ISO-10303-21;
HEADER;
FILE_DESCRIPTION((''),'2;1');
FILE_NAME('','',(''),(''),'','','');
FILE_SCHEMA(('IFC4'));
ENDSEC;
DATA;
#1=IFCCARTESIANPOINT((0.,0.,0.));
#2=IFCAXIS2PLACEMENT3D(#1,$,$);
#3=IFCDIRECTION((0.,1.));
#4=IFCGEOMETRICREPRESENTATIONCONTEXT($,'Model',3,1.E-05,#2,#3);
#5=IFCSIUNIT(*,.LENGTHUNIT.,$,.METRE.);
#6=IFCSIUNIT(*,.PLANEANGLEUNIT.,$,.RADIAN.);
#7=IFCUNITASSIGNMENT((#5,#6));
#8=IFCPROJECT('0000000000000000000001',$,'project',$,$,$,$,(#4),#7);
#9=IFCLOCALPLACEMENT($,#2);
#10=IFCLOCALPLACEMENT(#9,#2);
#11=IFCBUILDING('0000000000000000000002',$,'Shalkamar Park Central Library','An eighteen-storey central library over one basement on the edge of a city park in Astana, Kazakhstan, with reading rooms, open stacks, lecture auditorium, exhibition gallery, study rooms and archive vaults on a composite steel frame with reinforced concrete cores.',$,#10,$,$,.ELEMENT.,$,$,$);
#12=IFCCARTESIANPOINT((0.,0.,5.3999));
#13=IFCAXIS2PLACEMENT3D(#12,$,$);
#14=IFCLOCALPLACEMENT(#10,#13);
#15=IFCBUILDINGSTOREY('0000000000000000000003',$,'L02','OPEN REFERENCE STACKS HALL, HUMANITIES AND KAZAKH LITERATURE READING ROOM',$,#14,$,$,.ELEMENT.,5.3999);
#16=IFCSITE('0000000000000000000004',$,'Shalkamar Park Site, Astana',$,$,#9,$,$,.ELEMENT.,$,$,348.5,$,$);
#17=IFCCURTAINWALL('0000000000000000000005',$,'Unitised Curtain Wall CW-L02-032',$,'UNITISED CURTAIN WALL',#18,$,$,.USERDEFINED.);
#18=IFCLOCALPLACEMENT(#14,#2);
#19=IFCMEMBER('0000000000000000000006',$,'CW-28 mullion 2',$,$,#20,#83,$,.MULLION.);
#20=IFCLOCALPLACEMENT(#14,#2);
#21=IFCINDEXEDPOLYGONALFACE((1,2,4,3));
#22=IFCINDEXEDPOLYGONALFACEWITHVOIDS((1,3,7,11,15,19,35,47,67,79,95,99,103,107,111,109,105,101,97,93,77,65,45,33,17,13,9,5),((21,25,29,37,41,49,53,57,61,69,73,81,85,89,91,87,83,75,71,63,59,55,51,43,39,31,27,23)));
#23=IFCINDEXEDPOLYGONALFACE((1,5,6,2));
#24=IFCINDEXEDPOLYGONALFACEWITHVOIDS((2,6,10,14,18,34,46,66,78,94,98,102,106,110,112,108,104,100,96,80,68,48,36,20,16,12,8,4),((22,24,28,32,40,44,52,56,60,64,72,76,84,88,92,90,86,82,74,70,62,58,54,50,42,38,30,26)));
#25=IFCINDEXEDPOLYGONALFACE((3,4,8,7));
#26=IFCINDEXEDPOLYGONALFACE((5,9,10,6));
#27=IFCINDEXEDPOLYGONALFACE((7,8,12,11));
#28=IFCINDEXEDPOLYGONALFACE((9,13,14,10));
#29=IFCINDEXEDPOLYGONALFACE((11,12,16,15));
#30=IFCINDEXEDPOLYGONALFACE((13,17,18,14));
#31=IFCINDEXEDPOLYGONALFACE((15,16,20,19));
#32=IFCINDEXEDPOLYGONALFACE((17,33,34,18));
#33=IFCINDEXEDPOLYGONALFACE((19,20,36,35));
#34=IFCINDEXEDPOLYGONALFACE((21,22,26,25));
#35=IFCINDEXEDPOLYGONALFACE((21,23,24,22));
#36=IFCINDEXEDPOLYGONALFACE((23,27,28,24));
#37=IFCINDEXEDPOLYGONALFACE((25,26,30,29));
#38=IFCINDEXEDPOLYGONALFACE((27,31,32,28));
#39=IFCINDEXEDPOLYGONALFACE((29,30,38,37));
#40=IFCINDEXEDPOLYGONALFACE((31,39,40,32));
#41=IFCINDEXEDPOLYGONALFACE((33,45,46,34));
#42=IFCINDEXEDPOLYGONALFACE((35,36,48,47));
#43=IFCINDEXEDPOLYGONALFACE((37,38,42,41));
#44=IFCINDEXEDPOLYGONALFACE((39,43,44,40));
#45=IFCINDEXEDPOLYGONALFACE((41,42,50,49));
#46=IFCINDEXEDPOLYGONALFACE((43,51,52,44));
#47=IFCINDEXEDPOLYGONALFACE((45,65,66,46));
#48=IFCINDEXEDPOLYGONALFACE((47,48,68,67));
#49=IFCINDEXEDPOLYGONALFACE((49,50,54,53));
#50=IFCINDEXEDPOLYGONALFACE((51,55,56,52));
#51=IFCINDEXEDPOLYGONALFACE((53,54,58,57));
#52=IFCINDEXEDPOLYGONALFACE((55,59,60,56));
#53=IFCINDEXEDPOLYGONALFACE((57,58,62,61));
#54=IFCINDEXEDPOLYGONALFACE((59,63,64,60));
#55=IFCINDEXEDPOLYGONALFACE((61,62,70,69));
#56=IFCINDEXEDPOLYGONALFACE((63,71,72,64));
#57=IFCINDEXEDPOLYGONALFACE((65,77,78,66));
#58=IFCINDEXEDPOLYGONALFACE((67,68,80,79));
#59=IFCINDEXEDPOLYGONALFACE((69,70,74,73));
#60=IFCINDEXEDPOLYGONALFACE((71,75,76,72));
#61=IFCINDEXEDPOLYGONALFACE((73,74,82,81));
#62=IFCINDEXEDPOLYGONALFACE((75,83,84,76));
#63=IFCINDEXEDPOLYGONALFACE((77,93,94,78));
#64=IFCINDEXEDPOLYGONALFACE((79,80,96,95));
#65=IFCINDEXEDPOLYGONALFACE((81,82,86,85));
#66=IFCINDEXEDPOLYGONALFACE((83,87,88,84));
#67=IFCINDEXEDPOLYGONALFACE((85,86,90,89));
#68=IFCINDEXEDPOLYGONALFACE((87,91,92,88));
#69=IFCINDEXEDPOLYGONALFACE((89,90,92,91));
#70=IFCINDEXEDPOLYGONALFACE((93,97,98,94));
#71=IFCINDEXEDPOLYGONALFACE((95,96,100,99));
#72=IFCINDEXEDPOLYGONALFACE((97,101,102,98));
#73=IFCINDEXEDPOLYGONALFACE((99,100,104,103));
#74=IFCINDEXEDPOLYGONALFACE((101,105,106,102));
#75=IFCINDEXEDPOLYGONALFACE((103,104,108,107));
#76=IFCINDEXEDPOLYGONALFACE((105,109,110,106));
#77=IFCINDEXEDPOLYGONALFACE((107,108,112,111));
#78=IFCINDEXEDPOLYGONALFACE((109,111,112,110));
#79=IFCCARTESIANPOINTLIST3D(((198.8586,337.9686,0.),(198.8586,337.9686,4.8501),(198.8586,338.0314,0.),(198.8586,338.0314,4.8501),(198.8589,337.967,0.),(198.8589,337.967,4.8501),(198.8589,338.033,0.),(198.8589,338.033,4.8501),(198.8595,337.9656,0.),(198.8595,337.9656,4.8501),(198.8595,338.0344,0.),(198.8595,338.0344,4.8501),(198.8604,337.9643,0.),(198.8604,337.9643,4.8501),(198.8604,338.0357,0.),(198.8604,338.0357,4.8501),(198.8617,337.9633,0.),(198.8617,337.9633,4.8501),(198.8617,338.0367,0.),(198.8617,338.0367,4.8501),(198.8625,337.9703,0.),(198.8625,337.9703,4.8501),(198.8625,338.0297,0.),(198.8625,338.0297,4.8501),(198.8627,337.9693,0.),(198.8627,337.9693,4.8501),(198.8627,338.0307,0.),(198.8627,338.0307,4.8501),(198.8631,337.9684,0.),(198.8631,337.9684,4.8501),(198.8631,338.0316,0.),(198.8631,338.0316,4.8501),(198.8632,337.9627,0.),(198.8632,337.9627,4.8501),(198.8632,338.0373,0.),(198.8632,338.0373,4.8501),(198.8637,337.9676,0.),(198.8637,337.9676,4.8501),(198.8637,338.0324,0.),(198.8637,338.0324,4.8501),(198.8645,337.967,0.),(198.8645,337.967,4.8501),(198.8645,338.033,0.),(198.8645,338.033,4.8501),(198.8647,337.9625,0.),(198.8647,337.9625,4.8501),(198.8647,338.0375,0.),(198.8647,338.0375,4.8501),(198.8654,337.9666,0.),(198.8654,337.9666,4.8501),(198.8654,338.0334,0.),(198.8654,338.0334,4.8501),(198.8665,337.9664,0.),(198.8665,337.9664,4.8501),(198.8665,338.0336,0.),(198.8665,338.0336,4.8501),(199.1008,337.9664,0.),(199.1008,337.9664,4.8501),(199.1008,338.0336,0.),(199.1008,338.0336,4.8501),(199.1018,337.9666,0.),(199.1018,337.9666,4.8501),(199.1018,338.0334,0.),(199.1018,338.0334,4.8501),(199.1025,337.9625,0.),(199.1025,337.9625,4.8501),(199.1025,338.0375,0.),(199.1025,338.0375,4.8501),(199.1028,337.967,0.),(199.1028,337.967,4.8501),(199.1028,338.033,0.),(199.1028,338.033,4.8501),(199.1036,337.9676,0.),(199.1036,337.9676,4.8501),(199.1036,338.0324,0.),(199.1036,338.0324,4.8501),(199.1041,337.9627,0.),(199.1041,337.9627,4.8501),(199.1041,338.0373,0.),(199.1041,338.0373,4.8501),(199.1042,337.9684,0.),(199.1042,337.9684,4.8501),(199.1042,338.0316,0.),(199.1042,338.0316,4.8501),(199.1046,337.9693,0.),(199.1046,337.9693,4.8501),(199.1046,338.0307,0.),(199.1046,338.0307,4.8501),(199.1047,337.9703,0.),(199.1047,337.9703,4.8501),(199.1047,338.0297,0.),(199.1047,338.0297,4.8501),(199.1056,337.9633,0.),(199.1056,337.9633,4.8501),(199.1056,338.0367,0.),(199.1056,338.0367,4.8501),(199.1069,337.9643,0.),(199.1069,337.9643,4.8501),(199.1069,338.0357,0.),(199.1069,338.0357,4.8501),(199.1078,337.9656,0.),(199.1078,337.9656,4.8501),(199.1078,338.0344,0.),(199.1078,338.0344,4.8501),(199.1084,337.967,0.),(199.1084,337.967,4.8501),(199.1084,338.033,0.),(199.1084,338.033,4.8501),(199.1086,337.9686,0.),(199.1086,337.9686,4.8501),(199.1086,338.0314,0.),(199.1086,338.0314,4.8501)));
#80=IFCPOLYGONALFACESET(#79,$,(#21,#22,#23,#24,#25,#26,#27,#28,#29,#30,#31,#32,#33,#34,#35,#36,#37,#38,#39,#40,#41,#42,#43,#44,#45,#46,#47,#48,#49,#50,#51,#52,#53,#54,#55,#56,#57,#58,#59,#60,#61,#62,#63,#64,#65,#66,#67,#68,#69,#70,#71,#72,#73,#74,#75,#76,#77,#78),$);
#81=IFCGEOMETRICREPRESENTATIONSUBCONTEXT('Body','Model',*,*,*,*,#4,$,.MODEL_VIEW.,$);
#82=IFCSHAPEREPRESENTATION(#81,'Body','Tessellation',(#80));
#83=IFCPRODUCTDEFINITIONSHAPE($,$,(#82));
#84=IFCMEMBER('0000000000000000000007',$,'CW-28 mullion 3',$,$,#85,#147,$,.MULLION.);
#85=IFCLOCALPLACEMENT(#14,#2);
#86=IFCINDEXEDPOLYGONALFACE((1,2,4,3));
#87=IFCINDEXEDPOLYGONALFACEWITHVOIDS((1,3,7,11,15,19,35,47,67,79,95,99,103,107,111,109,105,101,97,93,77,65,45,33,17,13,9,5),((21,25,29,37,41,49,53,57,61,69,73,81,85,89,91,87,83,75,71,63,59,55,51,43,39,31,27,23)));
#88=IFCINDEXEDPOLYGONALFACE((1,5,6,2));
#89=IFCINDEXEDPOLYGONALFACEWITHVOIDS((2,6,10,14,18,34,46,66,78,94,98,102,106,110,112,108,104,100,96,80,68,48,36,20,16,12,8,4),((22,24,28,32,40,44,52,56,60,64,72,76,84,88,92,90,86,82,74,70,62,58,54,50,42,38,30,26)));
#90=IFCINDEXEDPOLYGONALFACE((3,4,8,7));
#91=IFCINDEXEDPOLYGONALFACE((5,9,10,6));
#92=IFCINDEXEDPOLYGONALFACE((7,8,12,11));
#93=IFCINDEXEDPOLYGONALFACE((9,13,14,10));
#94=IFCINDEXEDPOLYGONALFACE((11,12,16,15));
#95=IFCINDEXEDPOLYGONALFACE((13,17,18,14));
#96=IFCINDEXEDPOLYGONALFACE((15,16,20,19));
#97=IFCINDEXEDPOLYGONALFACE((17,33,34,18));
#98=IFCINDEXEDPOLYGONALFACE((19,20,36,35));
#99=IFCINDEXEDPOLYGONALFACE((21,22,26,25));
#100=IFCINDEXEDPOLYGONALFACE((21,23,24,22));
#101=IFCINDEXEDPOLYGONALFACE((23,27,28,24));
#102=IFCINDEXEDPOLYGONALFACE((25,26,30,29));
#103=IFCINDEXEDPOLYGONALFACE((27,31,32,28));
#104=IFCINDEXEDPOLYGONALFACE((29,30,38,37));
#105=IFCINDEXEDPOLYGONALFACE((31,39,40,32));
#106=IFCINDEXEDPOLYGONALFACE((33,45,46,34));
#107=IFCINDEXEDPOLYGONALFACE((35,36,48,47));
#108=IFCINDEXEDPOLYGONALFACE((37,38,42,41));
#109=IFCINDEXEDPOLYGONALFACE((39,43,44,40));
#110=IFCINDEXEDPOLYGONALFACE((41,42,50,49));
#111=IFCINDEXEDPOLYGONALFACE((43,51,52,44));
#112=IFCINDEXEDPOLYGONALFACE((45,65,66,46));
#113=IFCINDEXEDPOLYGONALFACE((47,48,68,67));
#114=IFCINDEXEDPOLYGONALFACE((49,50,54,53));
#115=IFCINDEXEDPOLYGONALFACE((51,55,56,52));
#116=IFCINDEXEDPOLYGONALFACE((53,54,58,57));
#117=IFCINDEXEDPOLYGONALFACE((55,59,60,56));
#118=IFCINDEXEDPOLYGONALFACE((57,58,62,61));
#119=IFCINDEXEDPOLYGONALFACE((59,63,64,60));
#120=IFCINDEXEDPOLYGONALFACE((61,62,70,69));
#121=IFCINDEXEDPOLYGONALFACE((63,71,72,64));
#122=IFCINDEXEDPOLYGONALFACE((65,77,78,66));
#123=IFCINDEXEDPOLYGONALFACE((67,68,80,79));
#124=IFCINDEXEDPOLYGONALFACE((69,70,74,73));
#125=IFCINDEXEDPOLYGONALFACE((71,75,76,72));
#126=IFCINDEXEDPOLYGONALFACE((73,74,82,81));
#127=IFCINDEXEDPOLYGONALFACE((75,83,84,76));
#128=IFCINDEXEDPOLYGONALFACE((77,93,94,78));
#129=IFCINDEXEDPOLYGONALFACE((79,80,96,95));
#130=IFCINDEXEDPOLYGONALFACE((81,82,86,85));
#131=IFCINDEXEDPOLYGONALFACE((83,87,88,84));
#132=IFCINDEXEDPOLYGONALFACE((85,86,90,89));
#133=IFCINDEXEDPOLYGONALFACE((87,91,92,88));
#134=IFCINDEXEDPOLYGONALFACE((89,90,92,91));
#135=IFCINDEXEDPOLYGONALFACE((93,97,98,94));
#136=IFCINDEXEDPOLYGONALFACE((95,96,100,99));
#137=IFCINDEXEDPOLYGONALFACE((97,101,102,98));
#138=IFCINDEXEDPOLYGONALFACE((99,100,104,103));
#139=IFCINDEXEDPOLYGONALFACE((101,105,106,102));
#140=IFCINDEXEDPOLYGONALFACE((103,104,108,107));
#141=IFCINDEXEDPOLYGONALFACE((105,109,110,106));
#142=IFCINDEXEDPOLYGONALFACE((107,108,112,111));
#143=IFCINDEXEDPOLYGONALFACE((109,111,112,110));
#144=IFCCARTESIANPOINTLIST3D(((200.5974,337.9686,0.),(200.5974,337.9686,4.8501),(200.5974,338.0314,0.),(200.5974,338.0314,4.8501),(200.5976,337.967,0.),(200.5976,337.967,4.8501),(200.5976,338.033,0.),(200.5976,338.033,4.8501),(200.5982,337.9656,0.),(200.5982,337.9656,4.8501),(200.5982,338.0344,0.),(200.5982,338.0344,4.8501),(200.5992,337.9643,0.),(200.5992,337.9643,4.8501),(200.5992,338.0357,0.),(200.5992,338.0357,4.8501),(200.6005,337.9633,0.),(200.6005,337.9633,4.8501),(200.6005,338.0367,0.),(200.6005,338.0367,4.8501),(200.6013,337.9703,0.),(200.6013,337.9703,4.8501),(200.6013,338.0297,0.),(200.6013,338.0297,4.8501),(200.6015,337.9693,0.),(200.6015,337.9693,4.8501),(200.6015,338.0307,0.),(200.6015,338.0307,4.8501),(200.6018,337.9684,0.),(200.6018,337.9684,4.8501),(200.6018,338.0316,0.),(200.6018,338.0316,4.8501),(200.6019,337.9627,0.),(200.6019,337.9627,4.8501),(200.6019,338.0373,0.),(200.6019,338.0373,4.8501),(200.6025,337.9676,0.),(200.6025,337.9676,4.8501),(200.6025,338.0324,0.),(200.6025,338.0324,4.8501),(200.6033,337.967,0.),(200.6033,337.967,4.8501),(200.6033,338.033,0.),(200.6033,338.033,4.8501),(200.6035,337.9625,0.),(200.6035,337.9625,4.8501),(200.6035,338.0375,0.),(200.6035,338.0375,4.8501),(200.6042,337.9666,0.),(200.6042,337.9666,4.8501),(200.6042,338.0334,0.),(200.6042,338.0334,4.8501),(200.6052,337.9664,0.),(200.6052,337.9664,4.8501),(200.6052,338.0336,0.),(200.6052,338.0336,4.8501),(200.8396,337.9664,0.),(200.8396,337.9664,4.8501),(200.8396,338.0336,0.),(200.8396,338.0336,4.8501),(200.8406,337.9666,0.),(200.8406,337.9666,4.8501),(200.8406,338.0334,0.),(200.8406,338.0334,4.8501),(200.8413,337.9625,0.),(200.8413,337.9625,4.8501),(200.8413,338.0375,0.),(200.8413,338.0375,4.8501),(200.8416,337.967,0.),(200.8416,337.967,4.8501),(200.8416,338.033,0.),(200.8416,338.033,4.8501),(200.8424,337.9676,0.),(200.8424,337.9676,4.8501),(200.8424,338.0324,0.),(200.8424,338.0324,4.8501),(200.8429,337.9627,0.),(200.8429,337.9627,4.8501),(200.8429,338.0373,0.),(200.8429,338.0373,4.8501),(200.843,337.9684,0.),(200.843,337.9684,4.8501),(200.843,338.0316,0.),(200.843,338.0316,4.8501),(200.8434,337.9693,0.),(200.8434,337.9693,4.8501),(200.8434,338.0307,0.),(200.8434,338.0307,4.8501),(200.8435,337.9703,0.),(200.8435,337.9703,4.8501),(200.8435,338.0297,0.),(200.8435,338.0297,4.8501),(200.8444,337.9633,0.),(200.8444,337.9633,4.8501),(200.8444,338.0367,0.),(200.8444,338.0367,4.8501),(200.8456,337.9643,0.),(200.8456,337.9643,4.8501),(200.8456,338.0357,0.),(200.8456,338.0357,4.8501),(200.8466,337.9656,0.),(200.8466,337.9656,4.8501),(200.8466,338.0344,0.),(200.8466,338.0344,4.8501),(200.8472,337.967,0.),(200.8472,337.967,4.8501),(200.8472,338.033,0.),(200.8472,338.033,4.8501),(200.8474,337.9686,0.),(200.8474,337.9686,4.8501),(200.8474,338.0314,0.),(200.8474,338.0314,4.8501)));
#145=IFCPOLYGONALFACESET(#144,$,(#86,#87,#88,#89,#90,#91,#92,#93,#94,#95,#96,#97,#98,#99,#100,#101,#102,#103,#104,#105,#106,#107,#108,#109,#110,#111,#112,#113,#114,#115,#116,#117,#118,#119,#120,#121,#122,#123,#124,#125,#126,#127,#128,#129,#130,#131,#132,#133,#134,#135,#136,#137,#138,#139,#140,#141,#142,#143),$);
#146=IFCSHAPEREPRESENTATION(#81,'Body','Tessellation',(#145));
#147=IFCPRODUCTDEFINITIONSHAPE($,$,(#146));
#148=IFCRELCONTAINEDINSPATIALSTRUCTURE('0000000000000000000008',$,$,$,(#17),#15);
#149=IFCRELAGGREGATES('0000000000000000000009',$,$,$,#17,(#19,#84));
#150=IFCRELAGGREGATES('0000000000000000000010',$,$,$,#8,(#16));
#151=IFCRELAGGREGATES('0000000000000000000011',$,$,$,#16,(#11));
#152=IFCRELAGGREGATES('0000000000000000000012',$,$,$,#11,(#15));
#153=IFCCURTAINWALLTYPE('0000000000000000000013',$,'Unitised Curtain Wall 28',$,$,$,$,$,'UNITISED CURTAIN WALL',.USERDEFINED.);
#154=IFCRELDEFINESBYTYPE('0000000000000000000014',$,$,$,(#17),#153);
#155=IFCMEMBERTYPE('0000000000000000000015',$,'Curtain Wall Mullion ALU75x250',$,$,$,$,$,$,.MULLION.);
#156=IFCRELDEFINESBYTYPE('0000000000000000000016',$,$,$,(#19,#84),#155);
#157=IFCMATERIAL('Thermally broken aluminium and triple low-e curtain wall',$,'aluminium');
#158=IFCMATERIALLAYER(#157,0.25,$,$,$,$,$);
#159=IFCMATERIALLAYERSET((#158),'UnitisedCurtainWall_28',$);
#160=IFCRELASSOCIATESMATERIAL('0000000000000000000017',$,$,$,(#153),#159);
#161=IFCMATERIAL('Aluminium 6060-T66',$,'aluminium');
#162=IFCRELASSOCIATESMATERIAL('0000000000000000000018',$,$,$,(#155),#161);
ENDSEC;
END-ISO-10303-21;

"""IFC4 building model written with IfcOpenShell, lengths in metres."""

from ifc_helpers import new_model, si_unit, direction, frame, origin, origin_2d, place, context, subcontext, project, spatial, hollow_rectangle, extrude, material, layer, layer_set, material_profile, profile_set, type_object, element, aggregate, save


model = new_model("IFC4")

# Units and contexts
model_context = context("Model", 3, precision=1e-05, world=origin(), true_north=direction((0.0, 1.0)))
body_context = subcontext(model_context, "Body", "Model", "MODEL_VIEW")
ifc_project = project(units=[si_unit("LENGTHUNIT", "METRE"), si_unit("PLANEANGLEUNIT", "RADIAN")], contexts=[model_context])

# Site, building, storey
site_placement = place(None, origin())
site = spatial("IfcSite", under=ifc_project, at=site_placement, Name="Shalkamar Park Site, Astana", CompositionType="ELEMENT", RefElevation=348.5)
building_placement = place(site_placement, origin())
building = spatial("IfcBuilding", under=site, at=building_placement, Name="Shalkamar Park Central Library", Description="An eighteen-storey central library over one basement on the edge of a city park in Astana, Kazakhstan, with reading rooms, open stacks, lecture auditorium, exhibition gallery, study rooms and archive vaults on a composite steel frame with reinforced concrete cores.", CompositionType="ELEMENT")
storey_placement = place(building_placement, frame((0.0, 0.0, 5.3999)))
storey = spatial("IfcBuildingStorey", under=building, at=storey_placement, Name="L02", Description="OPEN REFERENCE STACKS HALL, HUMANITIES AND KAZAKH LITERATURE READING ROOM", CompositionType="ELEMENT", Elevation=5.3999)

# Curtain wall, members
ifc_material_1 = material(Name="Thermally broken aluminium and triple low-e curtain wall", Category="aluminium")
ifc_layer_1 = layer(ifc_material_1, 0.25)
ifc_layer_set_1 = layer_set([ifc_layer_1], Name="UnitisedCurtainWall_28")
curtain_wall_type_1 = type_object("IfcCurtainWallType", Name="Unitised Curtain Wall 28", ElementType="UNITISED CURTAIN WALL", PredefinedType="USERDEFINED", material=ifc_layer_set_1)
curtain_wall_1_placement = place(storey_placement, origin())
curtain_wall_1 = element("IfcCurtainWall", 1, at=curtain_wall_1_placement, inside=storey, type_object=curtain_wall_type_1, Name="Unitised Curtain Wall CW-L02-032", ObjectType="UNITISED CURTAIN WALL", PredefinedType="USERDEFINED")
ifc_material_2 = material(Name="Aluminium 6060-T66", Category="aluminium")
ifc_material_profile_1 = material_profile(ifc_material_2, hollow_rectangle(XDim=0.075, YDim=0.25, WallThickness=0.0039, InnerFilletRadius=0.0039, OuterFilletRadius=0.0061, at=origin_2d()), Name="ALU 75x250x4")
ifc_profile_set_1 = profile_set([ifc_material_profile_1], Name="Aluminium 6060-T66")
member_type_1 = type_object("IfcMemberType", Name="Curtain Wall Mullion ALU75x250", PredefinedType="MULLION", material=ifc_profile_set_1)
member_1_placement = place(storey_placement, frame((198.9836, 338.0, 0.0), z_axis=(0.0, 0.0, 1.0), x_axis=(0.0, 1.0, 0.0)))
member_1 = element("IfcMember", 2, at=member_1_placement, type_object=member_type_1, Name="CW-28 mullion 2", PredefinedType="MULLION", context=body_context, shape_type="SweptSolid", body=[
    extrude(hollow_rectangle(XDim=0.075, YDim=0.25, WallThickness=0.0039, InnerFilletRadius=0.0039, OuterFilletRadius=0.0061, at=origin_2d()), origin(), (0.0, 0.0, 1.0), 4.8501),
])
member_2_placement = place(storey_placement, frame((200.7224, 338.0, 0.0), z_axis=(0.0, 0.0, 1.0), x_axis=(0.0, 1.0, 0.0)))
member_2 = element("IfcMember", 3, at=member_2_placement, type_object=member_type_1, Name="CW-28 mullion 3", PredefinedType="MULLION", context=body_context, shape_type="SweptSolid", body=[
    extrude(hollow_rectangle(XDim=0.075, YDim=0.25, WallThickness=0.0039, InnerFilletRadius=0.0039, OuterFilletRadius=0.0061, at=origin_2d()), origin(), (0.0, 0.0, 1.0), 4.8501),
])

aggregate(curtain_wall_1, [member_1, member_2])

save(model, "model.ifc")
